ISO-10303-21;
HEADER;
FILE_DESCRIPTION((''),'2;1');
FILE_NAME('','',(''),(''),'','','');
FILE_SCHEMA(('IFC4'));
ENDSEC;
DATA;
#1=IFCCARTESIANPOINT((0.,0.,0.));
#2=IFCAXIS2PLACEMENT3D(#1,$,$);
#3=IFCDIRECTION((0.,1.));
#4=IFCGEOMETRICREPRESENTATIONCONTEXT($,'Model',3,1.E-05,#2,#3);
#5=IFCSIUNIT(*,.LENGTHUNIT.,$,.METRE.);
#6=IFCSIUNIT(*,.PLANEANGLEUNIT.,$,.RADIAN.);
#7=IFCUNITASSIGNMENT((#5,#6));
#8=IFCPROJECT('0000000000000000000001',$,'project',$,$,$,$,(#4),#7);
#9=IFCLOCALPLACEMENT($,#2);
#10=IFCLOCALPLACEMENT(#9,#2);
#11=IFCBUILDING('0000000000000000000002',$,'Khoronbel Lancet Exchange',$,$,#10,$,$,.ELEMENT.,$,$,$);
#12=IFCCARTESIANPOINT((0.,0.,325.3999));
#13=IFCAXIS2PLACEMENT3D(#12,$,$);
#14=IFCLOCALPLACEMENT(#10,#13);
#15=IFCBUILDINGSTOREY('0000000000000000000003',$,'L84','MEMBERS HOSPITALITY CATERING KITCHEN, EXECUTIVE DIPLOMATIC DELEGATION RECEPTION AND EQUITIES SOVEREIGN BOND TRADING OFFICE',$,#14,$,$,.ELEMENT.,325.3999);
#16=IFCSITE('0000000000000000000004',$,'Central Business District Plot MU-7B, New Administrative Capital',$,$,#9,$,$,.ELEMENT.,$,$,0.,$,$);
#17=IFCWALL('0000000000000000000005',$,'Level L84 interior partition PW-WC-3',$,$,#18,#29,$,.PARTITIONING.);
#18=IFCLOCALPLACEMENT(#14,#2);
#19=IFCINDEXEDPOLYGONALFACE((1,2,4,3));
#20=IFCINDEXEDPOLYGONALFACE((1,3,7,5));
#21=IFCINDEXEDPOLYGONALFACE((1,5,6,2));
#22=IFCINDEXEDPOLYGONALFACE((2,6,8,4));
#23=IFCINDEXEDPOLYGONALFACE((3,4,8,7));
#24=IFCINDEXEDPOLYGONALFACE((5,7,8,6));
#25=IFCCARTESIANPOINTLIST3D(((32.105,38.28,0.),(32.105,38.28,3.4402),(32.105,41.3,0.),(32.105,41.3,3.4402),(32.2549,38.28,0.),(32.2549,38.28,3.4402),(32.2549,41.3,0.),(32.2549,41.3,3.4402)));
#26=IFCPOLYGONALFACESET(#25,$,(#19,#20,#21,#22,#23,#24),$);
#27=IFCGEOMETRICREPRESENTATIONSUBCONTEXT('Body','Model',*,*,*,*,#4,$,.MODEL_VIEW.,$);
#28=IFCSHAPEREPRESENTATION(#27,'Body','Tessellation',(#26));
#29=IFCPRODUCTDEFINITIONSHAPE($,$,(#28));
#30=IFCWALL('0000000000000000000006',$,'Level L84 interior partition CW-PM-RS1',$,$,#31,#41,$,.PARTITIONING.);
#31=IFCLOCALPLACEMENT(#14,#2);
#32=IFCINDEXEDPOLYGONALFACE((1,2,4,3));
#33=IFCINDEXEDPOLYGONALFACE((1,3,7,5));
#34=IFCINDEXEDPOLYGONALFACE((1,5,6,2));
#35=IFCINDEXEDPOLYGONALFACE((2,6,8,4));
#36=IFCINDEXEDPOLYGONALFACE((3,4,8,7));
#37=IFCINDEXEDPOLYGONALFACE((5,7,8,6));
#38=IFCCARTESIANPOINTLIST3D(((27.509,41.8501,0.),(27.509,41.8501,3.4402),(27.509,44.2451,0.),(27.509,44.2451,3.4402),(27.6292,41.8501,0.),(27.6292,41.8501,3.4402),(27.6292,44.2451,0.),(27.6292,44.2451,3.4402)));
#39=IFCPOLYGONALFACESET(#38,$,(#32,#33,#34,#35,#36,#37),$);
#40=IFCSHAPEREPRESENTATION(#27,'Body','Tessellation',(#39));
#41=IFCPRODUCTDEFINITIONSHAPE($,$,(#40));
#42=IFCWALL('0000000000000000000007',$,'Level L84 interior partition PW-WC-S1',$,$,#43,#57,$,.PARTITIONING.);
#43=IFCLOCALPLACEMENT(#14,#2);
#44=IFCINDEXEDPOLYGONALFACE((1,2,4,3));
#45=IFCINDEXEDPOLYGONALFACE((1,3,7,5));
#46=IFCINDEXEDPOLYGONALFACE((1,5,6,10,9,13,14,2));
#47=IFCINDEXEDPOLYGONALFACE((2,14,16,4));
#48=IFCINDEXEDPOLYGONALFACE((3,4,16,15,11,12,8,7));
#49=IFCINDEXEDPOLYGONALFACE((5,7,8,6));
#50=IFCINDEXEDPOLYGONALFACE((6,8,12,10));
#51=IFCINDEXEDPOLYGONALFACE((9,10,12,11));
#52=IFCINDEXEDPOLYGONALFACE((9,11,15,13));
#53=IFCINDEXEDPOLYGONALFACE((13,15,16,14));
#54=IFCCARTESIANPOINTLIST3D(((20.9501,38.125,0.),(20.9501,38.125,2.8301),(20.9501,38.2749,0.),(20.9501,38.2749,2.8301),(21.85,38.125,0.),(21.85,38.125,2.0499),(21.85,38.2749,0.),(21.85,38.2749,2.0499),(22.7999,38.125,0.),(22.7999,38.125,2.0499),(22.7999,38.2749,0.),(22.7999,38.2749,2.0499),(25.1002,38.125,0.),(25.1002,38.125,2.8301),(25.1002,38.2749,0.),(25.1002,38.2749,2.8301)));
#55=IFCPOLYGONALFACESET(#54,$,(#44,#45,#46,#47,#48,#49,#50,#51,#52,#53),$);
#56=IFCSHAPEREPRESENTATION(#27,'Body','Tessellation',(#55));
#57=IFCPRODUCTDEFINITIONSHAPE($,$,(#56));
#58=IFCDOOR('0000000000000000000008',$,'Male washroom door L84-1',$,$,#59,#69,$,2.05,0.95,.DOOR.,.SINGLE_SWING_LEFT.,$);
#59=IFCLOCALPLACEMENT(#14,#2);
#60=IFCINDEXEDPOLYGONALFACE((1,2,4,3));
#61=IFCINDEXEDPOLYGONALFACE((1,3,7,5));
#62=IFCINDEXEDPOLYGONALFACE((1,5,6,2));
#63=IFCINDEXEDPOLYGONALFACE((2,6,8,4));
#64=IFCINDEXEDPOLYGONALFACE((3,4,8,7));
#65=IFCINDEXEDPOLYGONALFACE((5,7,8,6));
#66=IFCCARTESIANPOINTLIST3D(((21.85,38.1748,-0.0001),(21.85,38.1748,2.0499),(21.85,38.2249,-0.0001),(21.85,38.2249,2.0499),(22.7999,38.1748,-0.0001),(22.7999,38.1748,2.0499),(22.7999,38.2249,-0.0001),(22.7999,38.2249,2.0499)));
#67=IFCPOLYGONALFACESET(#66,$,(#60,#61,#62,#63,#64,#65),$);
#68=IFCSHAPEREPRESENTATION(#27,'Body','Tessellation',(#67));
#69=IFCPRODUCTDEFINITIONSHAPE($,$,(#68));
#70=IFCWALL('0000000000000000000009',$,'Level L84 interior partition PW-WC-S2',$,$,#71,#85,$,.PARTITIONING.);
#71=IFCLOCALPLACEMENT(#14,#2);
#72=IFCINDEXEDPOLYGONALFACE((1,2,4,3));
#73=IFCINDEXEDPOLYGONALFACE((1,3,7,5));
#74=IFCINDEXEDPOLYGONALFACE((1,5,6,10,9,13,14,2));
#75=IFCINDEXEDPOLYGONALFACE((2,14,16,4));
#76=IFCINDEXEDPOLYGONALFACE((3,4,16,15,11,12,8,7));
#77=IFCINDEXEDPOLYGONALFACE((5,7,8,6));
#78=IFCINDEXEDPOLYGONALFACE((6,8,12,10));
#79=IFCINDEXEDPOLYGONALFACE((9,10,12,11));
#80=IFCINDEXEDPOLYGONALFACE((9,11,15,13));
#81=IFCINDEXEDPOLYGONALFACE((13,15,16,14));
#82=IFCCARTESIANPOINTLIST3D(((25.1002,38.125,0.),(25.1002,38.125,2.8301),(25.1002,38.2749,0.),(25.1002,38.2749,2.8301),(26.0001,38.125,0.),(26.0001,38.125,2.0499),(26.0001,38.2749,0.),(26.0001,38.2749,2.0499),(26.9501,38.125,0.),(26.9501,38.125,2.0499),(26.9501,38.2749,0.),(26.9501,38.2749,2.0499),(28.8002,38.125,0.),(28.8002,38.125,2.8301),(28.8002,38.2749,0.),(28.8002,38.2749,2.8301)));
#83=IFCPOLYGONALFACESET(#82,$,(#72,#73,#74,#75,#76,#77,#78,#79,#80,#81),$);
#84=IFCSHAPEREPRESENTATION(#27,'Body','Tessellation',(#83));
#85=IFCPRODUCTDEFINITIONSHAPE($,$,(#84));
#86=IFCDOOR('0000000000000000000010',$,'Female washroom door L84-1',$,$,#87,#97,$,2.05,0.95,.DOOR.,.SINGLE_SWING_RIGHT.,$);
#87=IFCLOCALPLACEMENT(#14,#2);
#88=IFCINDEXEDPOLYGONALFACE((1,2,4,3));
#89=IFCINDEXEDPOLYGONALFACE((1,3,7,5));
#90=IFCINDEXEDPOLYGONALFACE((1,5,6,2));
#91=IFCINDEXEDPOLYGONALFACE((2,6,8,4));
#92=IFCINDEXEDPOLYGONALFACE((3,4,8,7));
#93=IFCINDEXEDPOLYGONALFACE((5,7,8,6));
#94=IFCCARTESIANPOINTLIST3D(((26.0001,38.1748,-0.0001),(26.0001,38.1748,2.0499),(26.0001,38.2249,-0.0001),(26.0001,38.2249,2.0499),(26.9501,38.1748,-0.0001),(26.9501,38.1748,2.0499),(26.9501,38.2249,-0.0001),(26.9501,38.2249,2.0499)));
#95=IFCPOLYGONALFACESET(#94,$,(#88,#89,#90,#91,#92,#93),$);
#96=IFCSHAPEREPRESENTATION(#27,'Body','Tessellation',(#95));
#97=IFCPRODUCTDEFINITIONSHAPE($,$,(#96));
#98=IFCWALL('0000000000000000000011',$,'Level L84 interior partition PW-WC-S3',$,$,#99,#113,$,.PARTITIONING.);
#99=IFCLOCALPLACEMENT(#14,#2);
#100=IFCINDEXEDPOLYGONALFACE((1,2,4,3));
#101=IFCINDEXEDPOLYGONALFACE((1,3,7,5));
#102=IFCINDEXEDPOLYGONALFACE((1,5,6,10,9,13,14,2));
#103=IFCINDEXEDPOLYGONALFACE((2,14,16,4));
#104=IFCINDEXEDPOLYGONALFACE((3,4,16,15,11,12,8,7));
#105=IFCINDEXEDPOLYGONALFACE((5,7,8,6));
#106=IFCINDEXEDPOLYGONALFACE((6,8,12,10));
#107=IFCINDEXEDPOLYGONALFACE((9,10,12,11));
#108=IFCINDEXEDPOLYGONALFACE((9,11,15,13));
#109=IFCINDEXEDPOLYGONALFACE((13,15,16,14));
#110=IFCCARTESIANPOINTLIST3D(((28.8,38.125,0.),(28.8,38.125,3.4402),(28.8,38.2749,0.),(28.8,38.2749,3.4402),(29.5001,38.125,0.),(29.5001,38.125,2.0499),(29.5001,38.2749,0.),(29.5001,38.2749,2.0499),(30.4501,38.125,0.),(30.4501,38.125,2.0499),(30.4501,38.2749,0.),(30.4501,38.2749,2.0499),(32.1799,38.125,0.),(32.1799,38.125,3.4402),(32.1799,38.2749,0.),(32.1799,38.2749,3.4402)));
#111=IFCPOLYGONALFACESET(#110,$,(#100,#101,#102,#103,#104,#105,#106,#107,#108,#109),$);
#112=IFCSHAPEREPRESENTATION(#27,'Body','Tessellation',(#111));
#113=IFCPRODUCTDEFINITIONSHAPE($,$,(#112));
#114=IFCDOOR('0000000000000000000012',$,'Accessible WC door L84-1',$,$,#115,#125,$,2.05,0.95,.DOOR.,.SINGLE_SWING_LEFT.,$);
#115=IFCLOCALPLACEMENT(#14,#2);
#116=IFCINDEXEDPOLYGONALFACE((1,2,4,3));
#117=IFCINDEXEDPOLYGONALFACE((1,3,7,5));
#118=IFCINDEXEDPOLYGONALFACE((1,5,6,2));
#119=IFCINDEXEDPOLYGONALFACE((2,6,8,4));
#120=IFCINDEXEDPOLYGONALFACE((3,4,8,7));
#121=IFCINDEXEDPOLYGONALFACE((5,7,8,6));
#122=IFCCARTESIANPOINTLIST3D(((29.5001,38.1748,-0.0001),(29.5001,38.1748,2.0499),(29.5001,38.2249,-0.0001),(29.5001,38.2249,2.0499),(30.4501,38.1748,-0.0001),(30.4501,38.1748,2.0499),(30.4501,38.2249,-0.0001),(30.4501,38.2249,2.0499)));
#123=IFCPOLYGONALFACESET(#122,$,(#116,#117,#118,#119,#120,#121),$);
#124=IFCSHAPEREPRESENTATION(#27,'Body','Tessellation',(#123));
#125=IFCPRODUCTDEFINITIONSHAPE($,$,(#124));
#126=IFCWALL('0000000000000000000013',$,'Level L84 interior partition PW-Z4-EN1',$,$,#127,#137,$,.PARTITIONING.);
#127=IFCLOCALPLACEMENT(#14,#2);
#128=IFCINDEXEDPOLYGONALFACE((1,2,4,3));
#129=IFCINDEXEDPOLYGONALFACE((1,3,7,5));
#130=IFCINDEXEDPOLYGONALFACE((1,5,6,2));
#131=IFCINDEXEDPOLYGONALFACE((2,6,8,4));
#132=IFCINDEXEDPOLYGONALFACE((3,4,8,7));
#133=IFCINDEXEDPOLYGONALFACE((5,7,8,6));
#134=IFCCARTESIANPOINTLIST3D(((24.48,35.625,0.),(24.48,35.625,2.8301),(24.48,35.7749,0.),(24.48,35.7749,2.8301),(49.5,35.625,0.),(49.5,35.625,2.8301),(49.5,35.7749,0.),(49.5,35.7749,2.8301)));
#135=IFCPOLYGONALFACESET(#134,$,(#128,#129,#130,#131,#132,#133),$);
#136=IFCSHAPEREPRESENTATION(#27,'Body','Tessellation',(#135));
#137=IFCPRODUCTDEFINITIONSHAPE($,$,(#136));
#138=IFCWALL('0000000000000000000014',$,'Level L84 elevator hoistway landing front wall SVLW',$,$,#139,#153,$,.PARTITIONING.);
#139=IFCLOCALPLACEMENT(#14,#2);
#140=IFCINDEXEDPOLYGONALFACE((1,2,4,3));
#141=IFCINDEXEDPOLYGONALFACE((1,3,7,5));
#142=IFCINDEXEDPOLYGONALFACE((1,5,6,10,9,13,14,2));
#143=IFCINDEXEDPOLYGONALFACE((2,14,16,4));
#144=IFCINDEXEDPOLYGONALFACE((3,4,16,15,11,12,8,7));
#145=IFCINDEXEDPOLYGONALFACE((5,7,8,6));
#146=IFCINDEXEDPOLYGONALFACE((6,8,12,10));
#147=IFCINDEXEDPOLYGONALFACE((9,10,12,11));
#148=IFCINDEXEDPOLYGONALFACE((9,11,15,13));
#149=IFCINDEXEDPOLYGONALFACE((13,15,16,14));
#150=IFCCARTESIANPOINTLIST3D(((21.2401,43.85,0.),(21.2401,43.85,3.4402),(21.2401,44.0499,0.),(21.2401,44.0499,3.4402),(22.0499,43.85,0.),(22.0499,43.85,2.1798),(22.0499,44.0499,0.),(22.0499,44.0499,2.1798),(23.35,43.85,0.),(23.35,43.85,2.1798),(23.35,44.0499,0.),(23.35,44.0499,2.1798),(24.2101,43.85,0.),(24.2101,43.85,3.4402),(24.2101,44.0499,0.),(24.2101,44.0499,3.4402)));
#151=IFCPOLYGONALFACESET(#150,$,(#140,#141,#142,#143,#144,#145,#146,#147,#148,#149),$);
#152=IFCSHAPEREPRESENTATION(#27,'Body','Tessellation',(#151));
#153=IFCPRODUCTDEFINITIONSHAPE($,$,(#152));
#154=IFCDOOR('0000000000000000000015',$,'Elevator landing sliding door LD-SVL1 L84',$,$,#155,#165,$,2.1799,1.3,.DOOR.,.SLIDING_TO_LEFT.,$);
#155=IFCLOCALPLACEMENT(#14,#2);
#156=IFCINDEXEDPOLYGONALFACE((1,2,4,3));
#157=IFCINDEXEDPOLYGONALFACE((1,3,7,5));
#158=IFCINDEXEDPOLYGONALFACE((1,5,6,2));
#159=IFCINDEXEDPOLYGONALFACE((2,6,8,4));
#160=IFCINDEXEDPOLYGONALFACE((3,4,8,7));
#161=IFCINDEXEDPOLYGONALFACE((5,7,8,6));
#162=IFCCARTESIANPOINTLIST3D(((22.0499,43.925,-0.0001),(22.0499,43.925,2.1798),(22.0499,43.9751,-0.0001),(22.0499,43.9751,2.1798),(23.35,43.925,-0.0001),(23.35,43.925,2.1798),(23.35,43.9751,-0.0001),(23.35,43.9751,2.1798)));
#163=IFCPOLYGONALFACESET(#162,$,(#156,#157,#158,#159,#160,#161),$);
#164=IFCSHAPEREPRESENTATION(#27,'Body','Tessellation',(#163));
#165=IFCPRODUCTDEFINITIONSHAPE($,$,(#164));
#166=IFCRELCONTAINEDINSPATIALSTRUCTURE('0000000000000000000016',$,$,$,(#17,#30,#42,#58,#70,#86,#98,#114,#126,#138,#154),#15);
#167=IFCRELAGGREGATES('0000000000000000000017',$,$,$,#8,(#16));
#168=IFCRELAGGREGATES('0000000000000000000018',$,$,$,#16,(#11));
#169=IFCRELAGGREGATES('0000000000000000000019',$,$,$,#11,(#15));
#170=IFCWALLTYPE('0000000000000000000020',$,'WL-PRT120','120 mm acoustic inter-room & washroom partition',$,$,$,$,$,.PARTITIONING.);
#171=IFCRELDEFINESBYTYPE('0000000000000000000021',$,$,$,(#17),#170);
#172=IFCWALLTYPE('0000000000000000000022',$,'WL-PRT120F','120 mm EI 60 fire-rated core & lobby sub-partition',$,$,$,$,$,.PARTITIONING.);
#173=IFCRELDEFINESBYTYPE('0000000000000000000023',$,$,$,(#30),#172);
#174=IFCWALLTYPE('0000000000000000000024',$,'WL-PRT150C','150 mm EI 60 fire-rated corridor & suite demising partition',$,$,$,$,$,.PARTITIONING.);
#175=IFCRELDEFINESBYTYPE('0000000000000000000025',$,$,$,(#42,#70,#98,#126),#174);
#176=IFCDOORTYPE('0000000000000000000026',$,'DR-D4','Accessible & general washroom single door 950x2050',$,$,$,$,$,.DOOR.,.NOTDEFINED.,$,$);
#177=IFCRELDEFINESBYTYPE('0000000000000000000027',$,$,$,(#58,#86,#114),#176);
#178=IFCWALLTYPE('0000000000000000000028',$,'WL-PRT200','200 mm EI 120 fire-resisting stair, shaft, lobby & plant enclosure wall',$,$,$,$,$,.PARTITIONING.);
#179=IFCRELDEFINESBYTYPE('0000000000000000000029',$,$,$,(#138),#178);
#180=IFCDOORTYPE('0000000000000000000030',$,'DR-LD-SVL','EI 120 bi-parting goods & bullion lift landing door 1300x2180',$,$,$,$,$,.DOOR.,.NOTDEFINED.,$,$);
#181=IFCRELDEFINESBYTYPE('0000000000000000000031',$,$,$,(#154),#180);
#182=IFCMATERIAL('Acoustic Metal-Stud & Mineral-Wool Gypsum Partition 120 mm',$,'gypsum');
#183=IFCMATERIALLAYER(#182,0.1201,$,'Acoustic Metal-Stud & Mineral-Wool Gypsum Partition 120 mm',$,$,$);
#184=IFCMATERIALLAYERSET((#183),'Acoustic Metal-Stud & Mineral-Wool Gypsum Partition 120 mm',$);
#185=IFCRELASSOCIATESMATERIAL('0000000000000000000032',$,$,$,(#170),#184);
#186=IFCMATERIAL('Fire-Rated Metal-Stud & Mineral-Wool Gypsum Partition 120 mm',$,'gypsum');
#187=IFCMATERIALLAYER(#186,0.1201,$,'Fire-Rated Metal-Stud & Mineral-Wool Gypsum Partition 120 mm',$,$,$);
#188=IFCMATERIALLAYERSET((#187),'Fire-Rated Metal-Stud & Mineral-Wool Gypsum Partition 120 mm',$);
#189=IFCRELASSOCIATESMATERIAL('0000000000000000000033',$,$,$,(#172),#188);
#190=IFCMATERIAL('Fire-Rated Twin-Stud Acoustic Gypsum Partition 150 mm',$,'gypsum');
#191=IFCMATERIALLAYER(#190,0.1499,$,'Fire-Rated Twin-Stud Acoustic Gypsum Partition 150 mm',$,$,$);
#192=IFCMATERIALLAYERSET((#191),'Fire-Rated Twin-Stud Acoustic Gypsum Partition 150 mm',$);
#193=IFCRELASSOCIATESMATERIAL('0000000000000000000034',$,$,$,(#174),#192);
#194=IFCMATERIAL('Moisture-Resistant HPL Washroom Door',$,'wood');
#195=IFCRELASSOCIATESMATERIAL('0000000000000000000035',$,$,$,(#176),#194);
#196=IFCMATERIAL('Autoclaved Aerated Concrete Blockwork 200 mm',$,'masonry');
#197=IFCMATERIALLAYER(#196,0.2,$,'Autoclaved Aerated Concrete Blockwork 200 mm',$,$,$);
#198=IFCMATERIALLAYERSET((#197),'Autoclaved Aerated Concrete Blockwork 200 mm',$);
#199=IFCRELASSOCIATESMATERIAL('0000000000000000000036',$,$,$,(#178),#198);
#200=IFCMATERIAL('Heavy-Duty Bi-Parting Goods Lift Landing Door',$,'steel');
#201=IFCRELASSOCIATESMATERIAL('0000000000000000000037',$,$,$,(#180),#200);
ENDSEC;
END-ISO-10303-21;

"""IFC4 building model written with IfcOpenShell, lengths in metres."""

from ifc_helpers import new_model, si_unit, direction, frame, frame_2d, origin, place, context, subcontext, project, spatial, rectangle, extrude, material, layer, layer_set, type_object, element, fill, save


model = new_model("IFC4")

# Units and contexts
model_context = context("Model", 3, precision=1e-05, world=origin(), true_north=direction((0.0, 1.0)))
body_context = subcontext(model_context, "Body", "Model", "MODEL_VIEW")
ifc_project = project(units=[si_unit("LENGTHUNIT", "METRE"), si_unit("PLANEANGLEUNIT", "RADIAN")], contexts=[model_context])

# Site, building, storey
site_placement = place(None, origin())
site = spatial("IfcSite", under=ifc_project, at=site_placement, Name="Central Business District Plot MU-7B, New Administrative Capital", CompositionType="ELEMENT", RefElevation=0.0)
building_placement = place(site_placement, origin())
building = spatial("IfcBuilding", under=site, at=building_placement, Name="Khoronbel Lancet Exchange", CompositionType="ELEMENT")
storey_placement = place(building_placement, frame((0.0, 0.0, 325.3999)))
storey = spatial("IfcBuildingStorey", under=building, at=storey_placement, Name="L84", Description="MEMBERS HOSPITALITY CATERING KITCHEN, EXECUTIVE DIPLOMATIC DELEGATION RECEPTION AND EQUITIES SOVEREIGN BOND TRADING OFFICE", CompositionType="ELEMENT", Elevation=325.3999)

# Walls
ifc_material_1 = material(Name="Acoustic Metal-Stud & Mineral-Wool Gypsum Partition 120 mm", Category="gypsum")
ifc_layer_1 = layer(ifc_material_1, 0.1201, Name="Acoustic Metal-Stud & Mineral-Wool Gypsum Partition 120 mm")
ifc_layer_set_1 = layer_set([ifc_layer_1], Name="Acoustic Metal-Stud & Mineral-Wool Gypsum Partition 120 mm")
wall_type_1 = type_object("IfcWallType", Name="WL-PRT120", Description="120 mm acoustic inter-room & washroom partition", PredefinedType="PARTITIONING", material=ifc_layer_set_1)
for number, where, z_axis, x_axis, name in (
    (1, (32.1799, 38.28, 0.0), (0.0, 0.0, 1.0), (0.0, 1.0, 0.0), "Level L84 interior partition PW-WC-3"),
):
    element("IfcWall", number, at=place(storey_placement, frame(where, z_axis=z_axis, x_axis=x_axis)), inside=storey, type_object=wall_type_1, Name=name, PredefinedType="PARTITIONING", context=body_context, shape_type="SweptSolid", body=[
        extrude(rectangle(XDim=3.02, YDim=0.1499, at=frame_2d((1.51, 0.0))), origin(), (0.0, 0.0, 1.0), 3.4402),
    ])
ifc_material_2 = material(Name="Fire-Rated Metal-Stud & Mineral-Wool Gypsum Partition 120 mm", Category="gypsum")
ifc_layer_2 = layer(ifc_material_2, 0.1201, Name="Fire-Rated Metal-Stud & Mineral-Wool Gypsum Partition 120 mm")
ifc_layer_set_2 = layer_set([ifc_layer_2], Name="Fire-Rated Metal-Stud & Mineral-Wool Gypsum Partition 120 mm")
wall_type_2 = type_object("IfcWallType", Name="WL-PRT120F", Description="120 mm EI 60 fire-rated core & lobby sub-partition", PredefinedType="PARTITIONING", material=ifc_layer_set_2)
wall_1_placement = place(storey_placement, frame((27.5691, 41.8501, 0.0), z_axis=(0.0, 0.0, 1.0), x_axis=(0.0, 1.0, 0.0)))
element("IfcWall", 2, at=wall_1_placement, inside=storey, type_object=wall_type_2, Name="Level L84 interior partition CW-PM-RS1", PredefinedType="PARTITIONING", context=body_context, shape_type="SweptSolid", body=[
    extrude(rectangle(XDim=2.395, YDim=0.1201, at=frame_2d((1.1975, 0.0))), origin(), (0.0, 0.0, 1.0), 3.4402),
])

# Walls, openings, doors
ifc_material_3 = material(Name="Fire-Rated Twin-Stud Acoustic Gypsum Partition 150 mm", Category="gypsum")
ifc_layer_3 = layer(ifc_material_3, 0.1499, Name="Fire-Rated Twin-Stud Acoustic Gypsum Partition 150 mm")
ifc_layer_set_3 = layer_set([ifc_layer_3], Name="Fire-Rated Twin-Stud Acoustic Gypsum Partition 150 mm")
wall_type_3 = type_object("IfcWallType", Name="WL-PRT150C", Description="150 mm EI 60 fire-rated corridor & suite demising partition", PredefinedType="PARTITIONING", material=ifc_layer_set_3)
wall_2_placement = place(storey_placement, frame((20.95, 38.2, 0.0), z_axis=(0.0, 0.0, 1.0), x_axis=(1.0, 0.0, 0.0)))
wall_2 = element("IfcWall", 3, at=wall_2_placement, inside=storey, type_object=wall_type_3, Name="Level L84 interior partition PW-WC-S1", PredefinedType="PARTITIONING", context=body_context, shape_type="SweptSolid", body=[
    extrude(rectangle(XDim=4.1501, YDim=0.1499, at=frame_2d((2.0752, 0.0))), origin(), (0.0, 0.0, 1.0), 2.8301),
])
opening_1_placement = place(wall_2_placement, frame((0.8999, 0.0, 0.0)))
opening_1 = element("IfcOpeningElement", 4, at=opening_1_placement, cuts=wall_2, PredefinedType="OPENING", context=body_context, shape_type="SweptSolid", body=[
    extrude(rectangle(XDim=0.95, YDim=2.05, at=frame_2d((0.4751, 1.0249))), frame((0.0, 0.085, 0.0), z_axis=(0.0, -1.0, 0.0), x_axis=(1.0, 0.0, 0.0)), (0.0, 0.0, 1.0), 0.1699),
])
ifc_material_4 = material(Name="Moisture-Resistant HPL Washroom Door", Category="wood")
door_type_1 = type_object("IfcDoorType", Name="DR-D4", Description="Accessible & general washroom single door 950x2050", OperationType="NOTDEFINED", PredefinedType="DOOR", material=ifc_material_4)
door_1_placement = place(opening_1_placement, origin())
door_1 = element("IfcDoor", 5, at=door_1_placement, inside=storey, type_object=door_type_1, Name="Male washroom door L84-1", OperationType="SINGLE_SWING_LEFT", OverallHeight=2.05, OverallWidth=0.95, PredefinedType="DOOR", context=body_context, shape_type="SweptSolid", body=[
    extrude(rectangle(XDim=0.95, YDim=2.05, at=frame_2d((0.4751, 1.0249))), frame((0.0, 0.0249, 0.0), z_axis=(0.0, -1.0, 0.0), x_axis=(1.0, 0.0, 0.0)), (0.0, 0.0, 1.0), 0.05),
])
fill(opening_1, door_1)
wall_3_placement = place(storey_placement, frame((25.1001, 38.2, 0.0), z_axis=(0.0, 0.0, 1.0), x_axis=(1.0, 0.0, 0.0)))
wall_3 = element("IfcWall", 6, at=wall_3_placement, inside=storey, type_object=wall_type_3, Name="Level L84 interior partition PW-WC-S2", PredefinedType="PARTITIONING", context=body_context, shape_type="SweptSolid", body=[
    extrude(rectangle(XDim=3.7, YDim=0.1499, at=frame_2d((1.8501, 0.0))), origin(), (0.0, 0.0, 1.0), 2.8301),
])
opening_2_placement = place(wall_3_placement, frame((0.8999, 0.0, 0.0)))
opening_2 = element("IfcOpeningElement", 7, at=opening_2_placement, cuts=wall_3, PredefinedType="OPENING", context=body_context, shape_type="SweptSolid", body=[
    extrude(rectangle(XDim=0.95, YDim=2.05, at=frame_2d((0.4751, 1.0249))), frame((0.0, 0.085, 0.0), z_axis=(0.0, -1.0, 0.0), x_axis=(1.0, 0.0, 0.0)), (0.0, 0.0, 1.0), 0.1699),
])
door_2_placement = place(opening_2_placement, origin())
door_2 = element("IfcDoor", 8, at=door_2_placement, inside=storey, type_object=door_type_1, Name="Female washroom door L84-1", OperationType="SINGLE_SWING_RIGHT", OverallHeight=2.05, OverallWidth=0.95, PredefinedType="DOOR", context=body_context, shape_type="SweptSolid", body=[
    extrude(rectangle(XDim=0.95, YDim=2.05, at=frame_2d((0.4751, 1.0249))), frame((0.0, 0.0249, 0.0), z_axis=(0.0, -1.0, 0.0), x_axis=(1.0, 0.0, 0.0)), (0.0, 0.0, 1.0), 0.05),
])
fill(opening_2, door_2)
wall_4_placement = place(storey_placement, frame((28.8, 38.2, 0.0), z_axis=(0.0, 0.0, 1.0), x_axis=(1.0, 0.0, 0.0)))
wall_4 = element("IfcWall", 9, at=wall_4_placement, inside=storey, type_object=wall_type_3, Name="Level L84 interior partition PW-WC-S3", PredefinedType="PARTITIONING", context=body_context, shape_type="SweptSolid", body=[
    extrude(rectangle(XDim=3.3799, YDim=0.1499, at=frame_2d((1.6899, 0.0))), origin(), (0.0, 0.0, 1.0), 3.4402),
])
opening_3_placement = place(wall_4_placement, frame((0.7, 0.0, 0.0)))
opening_3 = element("IfcOpeningElement", 10, at=opening_3_placement, cuts=wall_4, PredefinedType="OPENING", context=body_context, shape_type="SweptSolid", body=[
    extrude(rectangle(XDim=0.95, YDim=2.05, at=frame_2d((0.4751, 1.0249))), frame((0.0, 0.085, 0.0), z_axis=(0.0, -1.0, 0.0), x_axis=(1.0, 0.0, 0.0)), (0.0, 0.0, 1.0), 0.1699),
])
door_3_placement = place(opening_3_placement, origin())
door_3 = element("IfcDoor", 11, at=door_3_placement, inside=storey, type_object=door_type_1, Name="Accessible WC door L84-1", OperationType="SINGLE_SWING_LEFT", OverallHeight=2.05, OverallWidth=0.95, PredefinedType="DOOR", context=body_context, shape_type="SweptSolid", body=[
    extrude(rectangle(XDim=0.95, YDim=2.05, at=frame_2d((0.4751, 1.0249))), frame((0.0, 0.0249, 0.0), z_axis=(0.0, -1.0, 0.0), x_axis=(1.0, 0.0, 0.0)), (0.0, 0.0, 1.0), 0.05),
])
fill(opening_3, door_3)

# Wall
wall_5_placement = place(storey_placement, frame((24.48, 35.7, 0.0), z_axis=(0.0, 0.0, 1.0), x_axis=(1.0, 0.0, 0.0)))
element("IfcWall", 12, at=wall_5_placement, inside=storey, type_object=wall_type_3, Name="Level L84 interior partition PW-Z4-EN1", PredefinedType="PARTITIONING", context=body_context, shape_type="SweptSolid", body=[
    extrude(rectangle(XDim=25.02, YDim=0.1499, at=frame_2d((12.51, 0.0))), origin(), (0.0, 0.0, 1.0), 2.8301),
])

# Wall, opening, door
ifc_material_5 = material(Name="Autoclaved Aerated Concrete Blockwork 200 mm", Category="masonry")
ifc_layer_4 = layer(ifc_material_5, 0.2, Name="Autoclaved Aerated Concrete Blockwork 200 mm")
ifc_layer_set_4 = layer_set([ifc_layer_4], Name="Autoclaved Aerated Concrete Blockwork 200 mm")
wall_type_4 = type_object("IfcWallType", Name="WL-PRT200", Description="200 mm EI 120 fire-resisting stair, shaft, lobby & plant enclosure wall", PredefinedType="PARTITIONING", material=ifc_layer_set_4)
wall_6_placement = place(storey_placement, frame((24.21, 43.95, 0.0), z_axis=(0.0, 0.0, 1.0), x_axis=(-1.0, 0.0, 0.0)))
wall_6 = element("IfcWall", 13, at=wall_6_placement, inside=storey, type_object=wall_type_4, Name="Level L84 elevator hoistway landing front wall SVLW", PredefinedType="PARTITIONING", context=body_context, shape_type="SweptSolid", body=[
    extrude(rectangle(XDim=2.97, YDim=0.2, at=frame_2d((1.4849, 0.0))), origin(), (0.0, 0.0, 1.0), 3.4402),
])
opening_4_placement = place(wall_6_placement, frame((0.8601, 0.0, 0.0)))
opening_4 = element("IfcOpeningElement", 14, at=opening_4_placement, cuts=wall_6, PredefinedType="OPENING", context=body_context, shape_type="SweptSolid", body=[
    extrude(rectangle(XDim=1.3, YDim=2.1799, at=frame_2d((0.6499, 1.0898))), frame((0.0, 0.1099, 0.0), z_axis=(0.0, -1.0, 0.0), x_axis=(1.0, 0.0, 0.0)), (0.0, 0.0, 1.0), 0.22),
])
ifc_material_6 = material(Name="Heavy-Duty Bi-Parting Goods Lift Landing Door", Category="steel")
door_type_2 = type_object("IfcDoorType", Name="DR-LD-SVL", Description="EI 120 bi-parting goods & bullion lift landing door 1300x2180", OperationType="NOTDEFINED", PredefinedType="DOOR", material=ifc_material_6)
door_4_placement = place(opening_4_placement, origin())
door_4 = element("IfcDoor", 15, at=door_4_placement, inside=storey, type_object=door_type_2, Name="Elevator landing sliding door LD-SVL1 L84", OperationType="SLIDING_TO_LEFT", OverallHeight=2.1799, OverallWidth=1.3, PredefinedType="DOOR", context=body_context, shape_type="SweptSolid", body=[
    extrude(rectangle(XDim=1.3, YDim=2.1799, at=frame_2d((0.6499, 1.0898))), frame((0.0, 0.0249, 0.0), z_axis=(0.0, -1.0, 0.0), x_axis=(1.0, 0.0, 0.0)), (0.0, 0.0, 1.0), 0.05),
])
fill(opening_4, door_4)

save(model, "model.ifc")
